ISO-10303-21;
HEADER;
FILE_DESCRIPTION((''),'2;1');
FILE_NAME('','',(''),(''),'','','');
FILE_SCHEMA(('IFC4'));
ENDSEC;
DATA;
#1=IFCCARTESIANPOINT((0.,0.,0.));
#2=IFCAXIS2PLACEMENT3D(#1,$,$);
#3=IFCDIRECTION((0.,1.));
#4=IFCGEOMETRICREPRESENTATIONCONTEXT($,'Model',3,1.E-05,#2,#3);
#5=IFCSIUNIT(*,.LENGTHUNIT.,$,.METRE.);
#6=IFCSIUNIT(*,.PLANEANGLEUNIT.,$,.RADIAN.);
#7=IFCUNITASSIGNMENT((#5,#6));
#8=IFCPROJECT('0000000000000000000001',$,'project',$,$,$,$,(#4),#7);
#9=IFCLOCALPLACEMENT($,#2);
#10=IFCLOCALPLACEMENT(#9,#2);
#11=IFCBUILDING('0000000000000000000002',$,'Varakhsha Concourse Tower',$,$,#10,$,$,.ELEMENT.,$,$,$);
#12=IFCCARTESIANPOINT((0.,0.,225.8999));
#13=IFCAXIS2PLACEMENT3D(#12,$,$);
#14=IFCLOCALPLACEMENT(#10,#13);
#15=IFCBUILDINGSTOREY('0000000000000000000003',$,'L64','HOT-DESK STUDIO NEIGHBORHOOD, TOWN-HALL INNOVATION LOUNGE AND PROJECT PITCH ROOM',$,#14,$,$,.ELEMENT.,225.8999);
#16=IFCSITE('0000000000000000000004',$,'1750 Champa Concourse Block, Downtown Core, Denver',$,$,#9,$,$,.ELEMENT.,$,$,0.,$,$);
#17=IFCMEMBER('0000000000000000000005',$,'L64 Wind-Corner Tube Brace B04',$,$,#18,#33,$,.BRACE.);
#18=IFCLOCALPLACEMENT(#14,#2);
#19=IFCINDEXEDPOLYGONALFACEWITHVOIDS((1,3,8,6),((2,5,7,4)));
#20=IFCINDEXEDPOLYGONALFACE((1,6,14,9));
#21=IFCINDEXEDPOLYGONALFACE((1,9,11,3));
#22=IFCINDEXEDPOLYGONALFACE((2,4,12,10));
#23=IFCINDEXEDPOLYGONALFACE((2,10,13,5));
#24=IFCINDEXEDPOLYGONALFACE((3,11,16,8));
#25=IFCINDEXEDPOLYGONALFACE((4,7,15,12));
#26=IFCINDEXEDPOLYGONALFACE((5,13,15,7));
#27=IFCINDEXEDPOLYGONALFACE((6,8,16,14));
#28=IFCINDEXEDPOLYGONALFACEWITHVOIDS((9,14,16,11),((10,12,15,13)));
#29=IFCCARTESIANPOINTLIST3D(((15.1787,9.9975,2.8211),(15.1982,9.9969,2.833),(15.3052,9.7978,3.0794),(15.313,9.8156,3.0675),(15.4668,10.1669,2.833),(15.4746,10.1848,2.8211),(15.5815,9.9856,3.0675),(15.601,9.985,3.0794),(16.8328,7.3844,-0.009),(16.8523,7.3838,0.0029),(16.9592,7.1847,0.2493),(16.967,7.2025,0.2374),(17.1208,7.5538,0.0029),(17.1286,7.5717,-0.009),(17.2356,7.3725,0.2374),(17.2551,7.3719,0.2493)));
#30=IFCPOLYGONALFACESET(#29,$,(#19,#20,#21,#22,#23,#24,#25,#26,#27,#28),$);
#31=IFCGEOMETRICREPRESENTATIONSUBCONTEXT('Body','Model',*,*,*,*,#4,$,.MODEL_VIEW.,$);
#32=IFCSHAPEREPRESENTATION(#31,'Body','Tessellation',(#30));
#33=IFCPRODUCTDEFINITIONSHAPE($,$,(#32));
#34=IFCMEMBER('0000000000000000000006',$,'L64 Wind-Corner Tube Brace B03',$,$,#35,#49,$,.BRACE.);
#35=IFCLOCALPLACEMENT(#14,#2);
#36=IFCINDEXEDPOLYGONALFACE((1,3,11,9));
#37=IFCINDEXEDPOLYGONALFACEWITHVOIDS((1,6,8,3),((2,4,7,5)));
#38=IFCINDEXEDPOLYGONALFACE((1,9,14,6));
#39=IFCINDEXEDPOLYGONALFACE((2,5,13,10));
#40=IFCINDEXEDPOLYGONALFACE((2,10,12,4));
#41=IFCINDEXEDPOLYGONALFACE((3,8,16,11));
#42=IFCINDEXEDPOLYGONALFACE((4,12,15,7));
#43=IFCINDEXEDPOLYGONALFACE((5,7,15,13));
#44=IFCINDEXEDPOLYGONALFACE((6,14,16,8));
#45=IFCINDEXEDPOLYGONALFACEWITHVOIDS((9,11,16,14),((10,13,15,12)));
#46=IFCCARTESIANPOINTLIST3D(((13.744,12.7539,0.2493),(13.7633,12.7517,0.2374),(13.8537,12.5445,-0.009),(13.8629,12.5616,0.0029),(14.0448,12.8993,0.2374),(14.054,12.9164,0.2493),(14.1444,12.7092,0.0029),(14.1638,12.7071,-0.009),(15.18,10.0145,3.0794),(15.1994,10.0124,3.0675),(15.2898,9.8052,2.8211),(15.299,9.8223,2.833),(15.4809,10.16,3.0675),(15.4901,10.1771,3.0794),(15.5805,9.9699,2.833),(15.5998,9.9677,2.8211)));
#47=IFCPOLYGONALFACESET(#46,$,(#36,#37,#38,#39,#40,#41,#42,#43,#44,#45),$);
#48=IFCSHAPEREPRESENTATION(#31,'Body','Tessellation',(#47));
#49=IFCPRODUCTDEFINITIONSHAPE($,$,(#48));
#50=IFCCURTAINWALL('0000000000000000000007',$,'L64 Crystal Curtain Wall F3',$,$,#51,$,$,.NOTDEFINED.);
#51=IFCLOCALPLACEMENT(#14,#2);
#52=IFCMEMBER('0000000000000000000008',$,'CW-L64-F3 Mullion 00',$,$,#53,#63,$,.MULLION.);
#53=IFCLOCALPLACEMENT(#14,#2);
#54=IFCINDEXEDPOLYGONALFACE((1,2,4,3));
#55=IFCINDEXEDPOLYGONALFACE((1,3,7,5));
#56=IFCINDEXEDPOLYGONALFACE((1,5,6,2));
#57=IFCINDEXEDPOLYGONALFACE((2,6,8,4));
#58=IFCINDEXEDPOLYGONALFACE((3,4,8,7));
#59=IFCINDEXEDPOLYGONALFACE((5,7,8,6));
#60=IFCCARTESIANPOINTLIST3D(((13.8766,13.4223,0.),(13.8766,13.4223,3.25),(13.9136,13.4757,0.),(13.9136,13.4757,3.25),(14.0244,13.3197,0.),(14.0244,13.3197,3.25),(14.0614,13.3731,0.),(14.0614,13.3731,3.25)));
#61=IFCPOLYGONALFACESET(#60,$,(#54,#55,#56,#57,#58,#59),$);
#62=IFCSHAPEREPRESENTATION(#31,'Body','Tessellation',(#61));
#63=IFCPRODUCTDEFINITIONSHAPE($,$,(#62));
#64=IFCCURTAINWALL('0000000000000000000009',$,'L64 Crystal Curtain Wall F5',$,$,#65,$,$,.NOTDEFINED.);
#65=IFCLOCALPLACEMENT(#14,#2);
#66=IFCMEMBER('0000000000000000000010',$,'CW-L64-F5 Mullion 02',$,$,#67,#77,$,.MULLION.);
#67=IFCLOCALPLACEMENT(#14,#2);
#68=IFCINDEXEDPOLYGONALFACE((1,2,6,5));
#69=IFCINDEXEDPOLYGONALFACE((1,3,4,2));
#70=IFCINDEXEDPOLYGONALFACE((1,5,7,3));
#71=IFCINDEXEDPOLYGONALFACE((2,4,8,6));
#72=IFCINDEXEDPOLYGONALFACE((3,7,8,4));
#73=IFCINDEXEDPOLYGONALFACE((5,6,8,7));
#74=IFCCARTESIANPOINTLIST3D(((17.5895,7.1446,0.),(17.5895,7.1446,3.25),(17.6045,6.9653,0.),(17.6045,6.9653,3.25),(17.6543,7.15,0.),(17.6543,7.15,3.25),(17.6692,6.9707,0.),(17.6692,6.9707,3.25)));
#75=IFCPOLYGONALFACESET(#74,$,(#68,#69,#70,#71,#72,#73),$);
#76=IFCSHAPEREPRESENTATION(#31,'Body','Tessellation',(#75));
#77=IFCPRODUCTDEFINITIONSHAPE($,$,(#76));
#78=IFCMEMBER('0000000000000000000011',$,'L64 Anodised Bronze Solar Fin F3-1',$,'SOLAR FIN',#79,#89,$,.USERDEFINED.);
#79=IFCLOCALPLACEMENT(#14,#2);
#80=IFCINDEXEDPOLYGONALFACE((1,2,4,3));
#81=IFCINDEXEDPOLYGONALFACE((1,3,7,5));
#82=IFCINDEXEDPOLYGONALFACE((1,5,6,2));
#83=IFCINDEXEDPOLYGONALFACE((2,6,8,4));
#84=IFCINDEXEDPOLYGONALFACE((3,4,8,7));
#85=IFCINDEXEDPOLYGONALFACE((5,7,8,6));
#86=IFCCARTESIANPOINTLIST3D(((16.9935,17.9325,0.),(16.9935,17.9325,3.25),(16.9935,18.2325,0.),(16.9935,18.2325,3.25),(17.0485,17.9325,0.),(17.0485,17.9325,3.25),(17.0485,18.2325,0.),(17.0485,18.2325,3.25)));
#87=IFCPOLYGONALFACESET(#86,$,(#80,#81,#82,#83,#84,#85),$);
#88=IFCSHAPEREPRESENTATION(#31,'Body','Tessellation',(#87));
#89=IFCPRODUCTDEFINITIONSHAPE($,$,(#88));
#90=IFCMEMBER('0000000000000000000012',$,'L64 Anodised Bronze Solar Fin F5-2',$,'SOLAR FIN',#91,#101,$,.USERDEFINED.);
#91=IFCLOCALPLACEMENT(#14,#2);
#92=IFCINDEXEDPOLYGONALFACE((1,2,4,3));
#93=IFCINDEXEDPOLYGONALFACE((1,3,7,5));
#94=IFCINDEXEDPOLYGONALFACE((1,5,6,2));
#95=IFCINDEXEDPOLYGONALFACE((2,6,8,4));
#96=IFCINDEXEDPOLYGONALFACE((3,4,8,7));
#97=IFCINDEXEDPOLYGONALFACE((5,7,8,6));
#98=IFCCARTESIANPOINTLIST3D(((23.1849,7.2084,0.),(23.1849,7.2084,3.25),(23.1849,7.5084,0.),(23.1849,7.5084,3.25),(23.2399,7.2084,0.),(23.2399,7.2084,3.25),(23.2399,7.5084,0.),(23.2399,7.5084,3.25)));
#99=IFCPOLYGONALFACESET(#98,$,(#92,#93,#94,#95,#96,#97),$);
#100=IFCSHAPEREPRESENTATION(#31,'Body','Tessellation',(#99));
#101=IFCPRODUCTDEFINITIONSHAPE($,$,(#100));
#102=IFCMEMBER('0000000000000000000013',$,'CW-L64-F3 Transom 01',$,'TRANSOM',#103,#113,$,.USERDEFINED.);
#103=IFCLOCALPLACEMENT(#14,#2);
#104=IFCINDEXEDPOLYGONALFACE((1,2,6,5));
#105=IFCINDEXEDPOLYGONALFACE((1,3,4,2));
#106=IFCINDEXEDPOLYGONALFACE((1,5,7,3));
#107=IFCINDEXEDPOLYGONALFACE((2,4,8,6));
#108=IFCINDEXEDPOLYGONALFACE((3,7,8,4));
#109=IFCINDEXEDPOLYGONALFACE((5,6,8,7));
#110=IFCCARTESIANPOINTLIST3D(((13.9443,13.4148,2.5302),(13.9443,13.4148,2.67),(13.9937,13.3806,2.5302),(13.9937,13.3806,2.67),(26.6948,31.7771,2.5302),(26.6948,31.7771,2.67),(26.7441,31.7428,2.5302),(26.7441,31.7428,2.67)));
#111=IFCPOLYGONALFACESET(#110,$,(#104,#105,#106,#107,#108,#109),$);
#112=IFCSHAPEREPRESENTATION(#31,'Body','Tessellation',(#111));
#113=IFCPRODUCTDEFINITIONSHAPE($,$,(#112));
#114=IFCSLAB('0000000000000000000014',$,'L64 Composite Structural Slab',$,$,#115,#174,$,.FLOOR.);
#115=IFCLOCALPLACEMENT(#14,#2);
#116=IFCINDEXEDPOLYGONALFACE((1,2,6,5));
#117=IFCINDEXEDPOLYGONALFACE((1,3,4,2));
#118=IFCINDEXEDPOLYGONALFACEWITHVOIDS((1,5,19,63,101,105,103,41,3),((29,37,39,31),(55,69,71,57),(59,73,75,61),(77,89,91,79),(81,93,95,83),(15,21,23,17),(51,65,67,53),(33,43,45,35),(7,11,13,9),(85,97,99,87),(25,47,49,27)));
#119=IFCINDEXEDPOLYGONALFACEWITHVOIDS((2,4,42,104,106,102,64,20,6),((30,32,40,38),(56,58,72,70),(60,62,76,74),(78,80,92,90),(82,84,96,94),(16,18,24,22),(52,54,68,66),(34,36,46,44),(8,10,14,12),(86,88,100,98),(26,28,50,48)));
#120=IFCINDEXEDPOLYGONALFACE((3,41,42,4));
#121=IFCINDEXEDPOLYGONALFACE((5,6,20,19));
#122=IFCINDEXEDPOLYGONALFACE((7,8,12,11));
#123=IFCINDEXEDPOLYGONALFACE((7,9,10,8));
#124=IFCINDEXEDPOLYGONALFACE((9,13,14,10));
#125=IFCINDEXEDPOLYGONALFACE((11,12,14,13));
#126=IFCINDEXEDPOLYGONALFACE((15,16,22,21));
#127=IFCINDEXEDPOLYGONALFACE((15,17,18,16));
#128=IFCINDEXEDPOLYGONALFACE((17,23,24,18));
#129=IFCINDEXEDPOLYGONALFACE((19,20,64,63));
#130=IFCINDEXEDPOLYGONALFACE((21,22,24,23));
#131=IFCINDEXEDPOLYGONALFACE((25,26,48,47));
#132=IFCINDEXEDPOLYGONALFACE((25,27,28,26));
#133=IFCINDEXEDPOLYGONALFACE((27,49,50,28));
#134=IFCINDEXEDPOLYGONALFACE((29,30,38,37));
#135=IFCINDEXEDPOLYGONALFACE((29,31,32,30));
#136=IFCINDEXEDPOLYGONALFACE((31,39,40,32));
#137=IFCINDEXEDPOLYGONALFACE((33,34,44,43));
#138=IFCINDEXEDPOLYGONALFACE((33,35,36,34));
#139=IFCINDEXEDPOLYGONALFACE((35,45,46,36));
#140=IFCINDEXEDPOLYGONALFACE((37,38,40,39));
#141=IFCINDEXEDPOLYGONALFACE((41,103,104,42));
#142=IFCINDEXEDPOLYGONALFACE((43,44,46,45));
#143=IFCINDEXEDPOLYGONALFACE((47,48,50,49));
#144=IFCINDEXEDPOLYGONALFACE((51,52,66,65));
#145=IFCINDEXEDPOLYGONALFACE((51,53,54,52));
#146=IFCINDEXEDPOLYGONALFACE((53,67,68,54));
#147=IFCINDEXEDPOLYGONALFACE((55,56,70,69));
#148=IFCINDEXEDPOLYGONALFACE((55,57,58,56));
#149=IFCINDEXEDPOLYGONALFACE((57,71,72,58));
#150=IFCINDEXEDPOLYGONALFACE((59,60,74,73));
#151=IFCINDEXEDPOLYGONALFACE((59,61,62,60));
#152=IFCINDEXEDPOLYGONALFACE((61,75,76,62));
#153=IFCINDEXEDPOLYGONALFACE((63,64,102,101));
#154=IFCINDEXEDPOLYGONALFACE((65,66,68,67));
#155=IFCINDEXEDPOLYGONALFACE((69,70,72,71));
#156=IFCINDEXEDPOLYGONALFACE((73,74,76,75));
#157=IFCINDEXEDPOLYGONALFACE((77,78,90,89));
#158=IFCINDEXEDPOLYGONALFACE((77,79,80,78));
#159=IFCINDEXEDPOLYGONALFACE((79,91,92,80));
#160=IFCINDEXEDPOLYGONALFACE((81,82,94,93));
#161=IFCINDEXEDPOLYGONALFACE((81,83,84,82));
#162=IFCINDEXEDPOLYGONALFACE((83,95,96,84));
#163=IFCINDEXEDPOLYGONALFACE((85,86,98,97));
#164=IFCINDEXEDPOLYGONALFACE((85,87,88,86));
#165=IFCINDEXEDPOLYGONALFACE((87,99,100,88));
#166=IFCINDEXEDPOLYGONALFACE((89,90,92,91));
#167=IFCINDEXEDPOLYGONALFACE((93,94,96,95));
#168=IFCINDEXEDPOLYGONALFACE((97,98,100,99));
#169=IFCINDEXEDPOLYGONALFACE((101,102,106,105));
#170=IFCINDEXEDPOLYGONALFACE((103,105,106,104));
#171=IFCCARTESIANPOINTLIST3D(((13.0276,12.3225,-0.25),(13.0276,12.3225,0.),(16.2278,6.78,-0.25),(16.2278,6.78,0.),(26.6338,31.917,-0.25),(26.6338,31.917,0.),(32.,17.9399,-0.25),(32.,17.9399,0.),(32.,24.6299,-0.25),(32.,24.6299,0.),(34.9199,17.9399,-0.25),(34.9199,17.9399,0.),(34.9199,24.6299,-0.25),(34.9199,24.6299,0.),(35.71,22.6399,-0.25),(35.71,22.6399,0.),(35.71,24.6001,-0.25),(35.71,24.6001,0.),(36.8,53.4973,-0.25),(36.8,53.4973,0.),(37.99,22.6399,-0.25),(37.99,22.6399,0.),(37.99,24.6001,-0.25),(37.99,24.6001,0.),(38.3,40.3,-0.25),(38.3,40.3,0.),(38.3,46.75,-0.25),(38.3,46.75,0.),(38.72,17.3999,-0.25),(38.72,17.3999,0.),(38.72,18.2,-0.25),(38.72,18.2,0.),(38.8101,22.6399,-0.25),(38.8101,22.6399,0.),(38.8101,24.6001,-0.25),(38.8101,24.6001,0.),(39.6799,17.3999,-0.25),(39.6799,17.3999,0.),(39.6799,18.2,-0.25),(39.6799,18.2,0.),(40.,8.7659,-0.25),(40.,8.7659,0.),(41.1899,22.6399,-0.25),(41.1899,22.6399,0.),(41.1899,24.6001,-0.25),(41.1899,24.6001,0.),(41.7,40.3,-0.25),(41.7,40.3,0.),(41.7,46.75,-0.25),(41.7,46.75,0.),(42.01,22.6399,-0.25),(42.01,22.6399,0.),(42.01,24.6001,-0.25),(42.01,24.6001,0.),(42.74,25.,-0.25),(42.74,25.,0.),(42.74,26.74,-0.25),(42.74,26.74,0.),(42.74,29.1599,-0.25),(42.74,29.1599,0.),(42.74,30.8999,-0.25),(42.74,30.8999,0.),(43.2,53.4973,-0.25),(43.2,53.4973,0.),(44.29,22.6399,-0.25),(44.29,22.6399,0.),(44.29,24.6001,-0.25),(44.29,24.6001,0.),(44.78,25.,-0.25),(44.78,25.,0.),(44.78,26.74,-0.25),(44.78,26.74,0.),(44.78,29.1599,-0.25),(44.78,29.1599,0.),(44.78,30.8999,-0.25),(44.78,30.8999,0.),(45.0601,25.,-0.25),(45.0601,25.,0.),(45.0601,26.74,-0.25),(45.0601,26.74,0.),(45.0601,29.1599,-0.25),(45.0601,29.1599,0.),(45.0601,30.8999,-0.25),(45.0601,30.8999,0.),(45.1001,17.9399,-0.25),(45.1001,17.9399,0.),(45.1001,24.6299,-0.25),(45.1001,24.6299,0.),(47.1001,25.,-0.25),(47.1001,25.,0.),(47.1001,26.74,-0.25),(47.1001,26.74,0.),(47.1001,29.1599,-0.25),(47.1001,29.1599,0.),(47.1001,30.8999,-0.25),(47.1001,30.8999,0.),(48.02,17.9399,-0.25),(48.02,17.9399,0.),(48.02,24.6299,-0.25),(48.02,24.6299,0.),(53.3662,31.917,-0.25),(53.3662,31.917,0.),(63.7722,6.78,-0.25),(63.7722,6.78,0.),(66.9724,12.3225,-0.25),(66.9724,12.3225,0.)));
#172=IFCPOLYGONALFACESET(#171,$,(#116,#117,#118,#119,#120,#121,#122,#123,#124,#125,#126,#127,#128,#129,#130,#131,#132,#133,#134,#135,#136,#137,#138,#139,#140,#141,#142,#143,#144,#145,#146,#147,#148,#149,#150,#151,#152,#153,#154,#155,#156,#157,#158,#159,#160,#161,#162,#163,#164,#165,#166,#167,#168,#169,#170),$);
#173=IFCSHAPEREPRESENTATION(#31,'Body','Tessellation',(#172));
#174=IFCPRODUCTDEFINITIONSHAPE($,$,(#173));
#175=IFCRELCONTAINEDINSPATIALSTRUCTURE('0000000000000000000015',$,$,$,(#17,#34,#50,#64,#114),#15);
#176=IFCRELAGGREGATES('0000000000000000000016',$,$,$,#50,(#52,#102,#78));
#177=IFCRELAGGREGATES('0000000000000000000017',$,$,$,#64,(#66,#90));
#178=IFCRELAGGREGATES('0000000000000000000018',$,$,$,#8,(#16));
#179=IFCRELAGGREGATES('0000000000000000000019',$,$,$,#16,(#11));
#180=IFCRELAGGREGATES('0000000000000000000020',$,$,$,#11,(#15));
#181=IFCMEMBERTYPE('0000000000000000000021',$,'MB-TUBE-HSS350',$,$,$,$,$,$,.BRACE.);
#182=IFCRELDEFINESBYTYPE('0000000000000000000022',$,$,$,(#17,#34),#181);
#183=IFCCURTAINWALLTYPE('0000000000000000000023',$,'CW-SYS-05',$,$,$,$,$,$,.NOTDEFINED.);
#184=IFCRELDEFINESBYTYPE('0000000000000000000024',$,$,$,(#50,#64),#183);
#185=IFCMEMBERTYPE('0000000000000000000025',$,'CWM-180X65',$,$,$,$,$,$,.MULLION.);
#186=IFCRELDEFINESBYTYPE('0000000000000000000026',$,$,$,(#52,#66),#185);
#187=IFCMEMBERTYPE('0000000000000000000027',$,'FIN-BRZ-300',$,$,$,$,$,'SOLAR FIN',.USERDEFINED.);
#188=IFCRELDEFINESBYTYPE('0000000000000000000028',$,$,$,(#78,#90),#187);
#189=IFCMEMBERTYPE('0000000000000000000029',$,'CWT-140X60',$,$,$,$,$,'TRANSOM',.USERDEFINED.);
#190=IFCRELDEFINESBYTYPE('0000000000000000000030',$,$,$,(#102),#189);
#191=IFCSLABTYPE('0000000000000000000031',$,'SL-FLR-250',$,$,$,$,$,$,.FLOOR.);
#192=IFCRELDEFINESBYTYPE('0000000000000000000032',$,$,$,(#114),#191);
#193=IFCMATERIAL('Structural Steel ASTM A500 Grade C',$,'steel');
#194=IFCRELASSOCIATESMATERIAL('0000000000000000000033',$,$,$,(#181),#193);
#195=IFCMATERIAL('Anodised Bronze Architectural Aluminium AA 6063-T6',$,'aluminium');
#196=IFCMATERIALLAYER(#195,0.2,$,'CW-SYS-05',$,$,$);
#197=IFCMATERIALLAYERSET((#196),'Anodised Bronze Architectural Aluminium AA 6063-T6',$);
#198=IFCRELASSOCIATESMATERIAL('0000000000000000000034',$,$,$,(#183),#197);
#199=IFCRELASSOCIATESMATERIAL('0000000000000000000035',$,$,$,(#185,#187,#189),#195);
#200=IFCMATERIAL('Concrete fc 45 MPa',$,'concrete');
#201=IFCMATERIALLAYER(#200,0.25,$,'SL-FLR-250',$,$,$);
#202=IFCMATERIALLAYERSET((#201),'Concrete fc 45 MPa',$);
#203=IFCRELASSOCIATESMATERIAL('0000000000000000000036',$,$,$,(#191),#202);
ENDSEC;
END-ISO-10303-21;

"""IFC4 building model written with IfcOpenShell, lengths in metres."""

from ifc_helpers import new_model, si_unit, direction, frame, origin, origin_2d, place, context, subcontext, project, spatial, polyline, rectangle, hollow_rectangle, outline, extrude, source, transform, mapped, material, layer, layer_set, material_profile, profile_set, type_object, type_shapes, element, aggregate, save


model = new_model("IFC4")

# Units and contexts
model_context = context("Model", 3, precision=1e-05, world=origin(), true_north=direction((0.0, 1.0)))
body_context = subcontext(model_context, "Body", "Model", "MODEL_VIEW")
ifc_project = project(units=[si_unit("LENGTHUNIT", "METRE"), si_unit("PLANEANGLEUNIT", "RADIAN")], contexts=[model_context])

# Site, building, storey
site_placement = place(None, origin())
site = spatial("IfcSite", under=ifc_project, at=site_placement, Name="1750 Champa Concourse Block, Downtown Core, Denver", CompositionType="ELEMENT", RefElevation=0.0)
building_placement = place(site_placement, origin())
building = spatial("IfcBuilding", under=site, at=building_placement, Name="Varakhsha Concourse Tower", CompositionType="ELEMENT")
storey_placement = place(building_placement, frame((0.0, 0.0, 225.8999)))
storey = spatial("IfcBuildingStorey", under=building, at=storey_placement, Name="L64", Description="HOT-DESK STUDIO NEIGHBORHOOD, TOWN-HALL INNOVATION LOUNGE AND PROJECT PITCH ROOM", CompositionType="ELEMENT", Elevation=225.8999)

# Members
ifc_material_1 = material(Name="Structural Steel ASTM A500 Grade C", Category="steel")
ifc_material_profile_1 = material_profile(ifc_material_1, hollow_rectangle(XDim=0.3501, YDim=0.3501, WallThickness=0.0161, at=origin_2d()), Name="HSS 350x350x16")
ifc_profile_set_1 = profile_set([ifc_material_profile_1], Name="Structural Steel ASTM A500 Grade C")
member_type_1 = type_object("IfcMemberType", Name="MB-TUBE-HSS350", PredefinedType="BRACE", material=ifc_profile_set_1)
shared_shape_1 = source(origin(), body_context, "Body", "SweptSolid", [
    extrude(hollow_rectangle(XDim=0.3501, YDim=0.3501, WallThickness=0.0161, at=origin_2d()), origin(), (0.0, 0.0, 1.0), 4.1921),
])
member_1_placement = place(storey_placement, frame((17.0439, 7.3782, 0.1201), z_axis=(-0.39457, 0.623333, 0.675108), x_axis=(-0.844946, -0.534851, 0.0)))
element("IfcMember", 1, at=member_1_placement, inside=storey, type_object=member_type_1, Name="L64 Wind-Corner Tube Brace B04", PredefinedType="BRACE", context=body_context, shape_type="MappedRepresentation", body=[
    mapped(shared_shape_1, transform((0.0, 0.0, 0.0), scale=1.0)),
])
shared_shape_2 = source(origin(), body_context, "Body", "SweptSolid", [
    extrude(hollow_rectangle(XDim=0.3501, YDim=0.3501, WallThickness=0.0161, at=origin_2d()), origin(), (0.0, 0.0, 1.0), 4.1924),
])
type_shapes(member_type_1, [shared_shape_1, shared_shape_2])
member_2_placement = place(storey_placement, frame((13.9539, 12.7305, 0.1201), z_axis=(0.342544, -0.653408, 0.675072), x_axis=(0.885674, 0.464308, 0.0)))
element("IfcMember", 2, at=member_2_placement, inside=storey, type_object=member_type_1, Name="L64 Wind-Corner Tube Brace B03", PredefinedType="BRACE", context=body_context, shape_type="MappedRepresentation", body=[
    mapped(shared_shape_2, transform((0.0, 0.0, 0.0), scale=1.0)),
])

# Curtain walls, members
ifc_material_2 = material(Name="Anodised Bronze Architectural Aluminium AA 6063-T6", Category="aluminium")
ifc_layer_1 = layer(ifc_material_2, 0.2, Name="CW-SYS-05")
ifc_layer_set_1 = layer_set([ifc_layer_1], Name="Anodised Bronze Architectural Aluminium AA 6063-T6")
curtain_wall_type = type_object("IfcCurtainWallType", Name="CW-SYS-05", PredefinedType="NOTDEFINED", material=ifc_layer_set_1)
curtain_wall_1_placement = place(storey_placement, origin())
curtain_wall_1 = element("IfcCurtainWall", 3, at=curtain_wall_1_placement, inside=storey, type_object=curtain_wall_type, Name="L64 Crystal Curtain Wall F3", PredefinedType="NOTDEFINED")
ifc_material_profile_2 = material_profile(ifc_material_2, rectangle(XDim=0.0649, YDim=0.1799, at=origin_2d()), Name="CWM-180X65")
ifc_profile_set_2 = profile_set([ifc_material_profile_2], Name="Anodised Bronze Architectural Aluminium AA 6063-T6")
member_type_2 = type_object("IfcMemberType", Name="CWM-180X65", PredefinedType="MULLION", material=ifc_profile_set_2)
shared_shape_3 = source(origin(), body_context, "Body", "SweptSolid", [
    extrude(rectangle(XDim=0.0649, YDim=0.1799, at=origin_2d()), origin(), (0.0, 0.0, 1.0), 3.25),
])
type_shapes(member_type_2, [shared_shape_3])
member_3_placement = place(storey_placement, frame((13.969, 13.3977, 0.0), z_axis=(0.0, 0.0, 1.0), x_axis=(0.570361, 0.821394, 0.0)))
member_3 = element("IfcMember", 4, at=member_3_placement, type_object=member_type_2, Name="CW-L64-F3 Mullion 00", PredefinedType="MULLION", context=body_context, shape_type="MappedRepresentation", body=[
    mapped(shared_shape_3, transform((0.0, 0.0, 0.0), scale=1.0)),
])
curtain_wall_2_placement = place(storey_placement, origin())
curtain_wall_2 = element("IfcCurtainWall", 5, at=curtain_wall_2_placement, inside=storey, type_object=curtain_wall_type, Name="L64 Crystal Curtain Wall F5", PredefinedType="NOTDEFINED")
member_4_placement = place(storey_placement, frame((17.6294, 7.0576, 0.0), z_axis=(0.0, 0.0, 1.0), x_axis=(-0.996529, -0.083247, 0.0)))
member_4 = element("IfcMember", 6, at=member_4_placement, type_object=member_type_2, Name="CW-L64-F5 Mullion 02", PredefinedType="MULLION", context=body_context, shape_type="MappedRepresentation", body=[
    mapped(shared_shape_3, transform((0.0, 0.0, 0.0), scale=1.0)),
])

# Members
ifc_material_profile_3 = material_profile(ifc_material_2, rectangle(XDim=0.0549, YDim=0.3, at=origin_2d()), Name="FIN-BRZ-300")
ifc_profile_set_3 = profile_set([ifc_material_profile_3], Name="Anodised Bronze Architectural Aluminium AA 6063-T6")
member_type_3 = type_object("IfcMemberType", Name="FIN-BRZ-300", ElementType="SOLAR FIN", PredefinedType="USERDEFINED", material=ifc_profile_set_3)
shared_shape_4 = source(origin(), body_context, "Body", "SweptSolid", [
    extrude(rectangle(XDim=0.0549, YDim=0.3, at=origin_2d()), origin(), (0.0, 0.0, 1.0), 3.25),
])
type_shapes(member_type_3, [shared_shape_4])
member_5_placement = place(storey_placement, frame((17.021, 18.0825, 0.0), z_axis=(0.0, 0.0, 1.0), x_axis=(1.0, 0.0, 0.0)))
member_5 = element("IfcMember", 7, at=member_5_placement, type_object=member_type_3, Name="L64 Anodised Bronze Solar Fin F3-1", ObjectType="SOLAR FIN", PredefinedType="USERDEFINED", context=body_context, shape_type="MappedRepresentation", body=[
    mapped(shared_shape_4, transform((0.0, 0.0, 0.0), scale=1.0)),
])
member_6_placement = place(storey_placement, frame((23.2124, 7.3584, 0.0), z_axis=(0.0, 0.0, 1.0), x_axis=(1.0, 0.0, 0.0)))
member_6 = element("IfcMember", 8, at=member_6_placement, type_object=member_type_3, Name="L64 Anodised Bronze Solar Fin F5-2", ObjectType="SOLAR FIN", PredefinedType="USERDEFINED", context=body_context, shape_type="MappedRepresentation", body=[
    mapped(shared_shape_4, transform((0.0, 0.0, 0.0), scale=1.0)),
])
ifc_material_profile_4 = material_profile(ifc_material_2, rectangle(XDim=0.0601, YDim=0.1399, at=origin_2d()), Name="CWT-140X60")
ifc_profile_set_4 = profile_set([ifc_material_profile_4], Name="Anodised Bronze Architectural Aluminium AA 6063-T6")
member_type_4 = type_object("IfcMemberType", Name="CWT-140X60", ElementType="TRANSOM", PredefinedType="USERDEFINED", material=ifc_profile_set_4)
shared_shape_5 = source(origin(), body_context, "Body", "SweptSolid", [
    extrude(rectangle(XDim=0.0601, YDim=0.1399, at=origin_2d()), origin(), (0.0, 0.0, 1.0), 22.355),
])
type_shapes(member_type_4, [shared_shape_5])
member_7_placement = place(storey_placement, frame((13.969, 13.3977, 2.6001), z_axis=(0.570362, 0.821393, 0.0), x_axis=(-0.821393, 0.570362, 0.0)))
member_7 = element("IfcMember", 9, at=member_7_placement, type_object=member_type_4, Name="CW-L64-F3 Transom 01", ObjectType="TRANSOM", PredefinedType="USERDEFINED", context=body_context, shape_type="MappedRepresentation", body=[
    mapped(shared_shape_5, transform((0.0, 0.0, 0.0), scale=1.0)),
])

# Slab
ifc_material_3 = material(Name="Concrete fc 45 MPa", Category="concrete")
ifc_layer_2 = layer(ifc_material_3, 0.25, Name="SL-FLR-250")
ifc_layer_set_2 = layer_set([ifc_layer_2], Name="Concrete fc 45 MPa")
slab_type_1 = type_object("IfcSlabType", Name="SL-FLR-250", PredefinedType="FLOOR", material=ifc_layer_set_2)
slab_1_placement = place(storey_placement, frame((0.0, 0.0, -0.25)))
element("IfcSlab", 10, at=slab_1_placement, inside=storey, type_object=slab_type_1, Name="L64 Composite Structural Slab", PredefinedType="FLOOR", context=body_context, shape_type="SweptSolid", body=[
    extrude(outline(polyline([(43.2, 53.4973), (36.8, 53.4973), (26.6338, 31.917), (13.0276, 12.3225), (16.2278, 6.78), (40.0, 8.7659), (63.7722, 6.78), (66.9724, 12.3225), (53.3662, 31.917), (43.2, 53.4973)]), holes=[polyline([(34.9199, 17.9399), (34.9199, 24.6299), (32.0, 24.6299), (32.0, 17.9399), (34.9199, 17.9399)]), polyline([(48.02, 17.9399), (48.02, 24.6299), (45.1001, 24.6299), (45.1001, 17.9399), (48.02, 17.9399)]), polyline([(41.7, 40.3), (41.7, 46.75), (38.3, 46.75), (38.3, 40.3), (41.7, 40.3)]), polyline([(42.74, 29.1599), (44.78, 29.1599), (44.78, 30.8999), (42.74, 30.8999), (42.74, 29.1599)]), polyline([(45.0601, 29.1599), (47.1001, 29.1599), (47.1001, 30.8999), (45.0601, 30.8999), (45.0601, 29.1599)]), polyline([(42.74, 25.0), (44.78, 25.0), (44.78, 26.74), (42.74, 26.74), (42.74, 25.0)]), polyline([(45.0601, 25.0), (47.1001, 25.0), (47.1001, 26.74), (45.0601, 26.74), (45.0601, 25.0)]), polyline([(35.71, 22.6399), (37.99, 22.6399), (37.99, 24.6001), (35.71, 24.6001), (35.71, 22.6399)]), polyline([(42.01, 22.6399), (44.29, 22.6399), (44.29, 24.6001), (42.01, 24.6001), (42.01, 22.6399)]), polyline([(38.8101, 22.6399), (41.1899, 22.6399), (41.1899, 24.6001), (38.8101, 24.6001), (38.8101, 22.6399)]), polyline([(38.72, 17.3999), (39.6799, 17.3999), (39.6799, 18.2), (38.72, 18.2), (38.72, 17.3999)])]), origin(), (0.0, 0.0, 1.0), 0.25),
])

aggregate(curtain_wall_1, [member_3, member_7, member_5])
aggregate(curtain_wall_2, [member_4, member_6])

save(model, "model.ifc")
